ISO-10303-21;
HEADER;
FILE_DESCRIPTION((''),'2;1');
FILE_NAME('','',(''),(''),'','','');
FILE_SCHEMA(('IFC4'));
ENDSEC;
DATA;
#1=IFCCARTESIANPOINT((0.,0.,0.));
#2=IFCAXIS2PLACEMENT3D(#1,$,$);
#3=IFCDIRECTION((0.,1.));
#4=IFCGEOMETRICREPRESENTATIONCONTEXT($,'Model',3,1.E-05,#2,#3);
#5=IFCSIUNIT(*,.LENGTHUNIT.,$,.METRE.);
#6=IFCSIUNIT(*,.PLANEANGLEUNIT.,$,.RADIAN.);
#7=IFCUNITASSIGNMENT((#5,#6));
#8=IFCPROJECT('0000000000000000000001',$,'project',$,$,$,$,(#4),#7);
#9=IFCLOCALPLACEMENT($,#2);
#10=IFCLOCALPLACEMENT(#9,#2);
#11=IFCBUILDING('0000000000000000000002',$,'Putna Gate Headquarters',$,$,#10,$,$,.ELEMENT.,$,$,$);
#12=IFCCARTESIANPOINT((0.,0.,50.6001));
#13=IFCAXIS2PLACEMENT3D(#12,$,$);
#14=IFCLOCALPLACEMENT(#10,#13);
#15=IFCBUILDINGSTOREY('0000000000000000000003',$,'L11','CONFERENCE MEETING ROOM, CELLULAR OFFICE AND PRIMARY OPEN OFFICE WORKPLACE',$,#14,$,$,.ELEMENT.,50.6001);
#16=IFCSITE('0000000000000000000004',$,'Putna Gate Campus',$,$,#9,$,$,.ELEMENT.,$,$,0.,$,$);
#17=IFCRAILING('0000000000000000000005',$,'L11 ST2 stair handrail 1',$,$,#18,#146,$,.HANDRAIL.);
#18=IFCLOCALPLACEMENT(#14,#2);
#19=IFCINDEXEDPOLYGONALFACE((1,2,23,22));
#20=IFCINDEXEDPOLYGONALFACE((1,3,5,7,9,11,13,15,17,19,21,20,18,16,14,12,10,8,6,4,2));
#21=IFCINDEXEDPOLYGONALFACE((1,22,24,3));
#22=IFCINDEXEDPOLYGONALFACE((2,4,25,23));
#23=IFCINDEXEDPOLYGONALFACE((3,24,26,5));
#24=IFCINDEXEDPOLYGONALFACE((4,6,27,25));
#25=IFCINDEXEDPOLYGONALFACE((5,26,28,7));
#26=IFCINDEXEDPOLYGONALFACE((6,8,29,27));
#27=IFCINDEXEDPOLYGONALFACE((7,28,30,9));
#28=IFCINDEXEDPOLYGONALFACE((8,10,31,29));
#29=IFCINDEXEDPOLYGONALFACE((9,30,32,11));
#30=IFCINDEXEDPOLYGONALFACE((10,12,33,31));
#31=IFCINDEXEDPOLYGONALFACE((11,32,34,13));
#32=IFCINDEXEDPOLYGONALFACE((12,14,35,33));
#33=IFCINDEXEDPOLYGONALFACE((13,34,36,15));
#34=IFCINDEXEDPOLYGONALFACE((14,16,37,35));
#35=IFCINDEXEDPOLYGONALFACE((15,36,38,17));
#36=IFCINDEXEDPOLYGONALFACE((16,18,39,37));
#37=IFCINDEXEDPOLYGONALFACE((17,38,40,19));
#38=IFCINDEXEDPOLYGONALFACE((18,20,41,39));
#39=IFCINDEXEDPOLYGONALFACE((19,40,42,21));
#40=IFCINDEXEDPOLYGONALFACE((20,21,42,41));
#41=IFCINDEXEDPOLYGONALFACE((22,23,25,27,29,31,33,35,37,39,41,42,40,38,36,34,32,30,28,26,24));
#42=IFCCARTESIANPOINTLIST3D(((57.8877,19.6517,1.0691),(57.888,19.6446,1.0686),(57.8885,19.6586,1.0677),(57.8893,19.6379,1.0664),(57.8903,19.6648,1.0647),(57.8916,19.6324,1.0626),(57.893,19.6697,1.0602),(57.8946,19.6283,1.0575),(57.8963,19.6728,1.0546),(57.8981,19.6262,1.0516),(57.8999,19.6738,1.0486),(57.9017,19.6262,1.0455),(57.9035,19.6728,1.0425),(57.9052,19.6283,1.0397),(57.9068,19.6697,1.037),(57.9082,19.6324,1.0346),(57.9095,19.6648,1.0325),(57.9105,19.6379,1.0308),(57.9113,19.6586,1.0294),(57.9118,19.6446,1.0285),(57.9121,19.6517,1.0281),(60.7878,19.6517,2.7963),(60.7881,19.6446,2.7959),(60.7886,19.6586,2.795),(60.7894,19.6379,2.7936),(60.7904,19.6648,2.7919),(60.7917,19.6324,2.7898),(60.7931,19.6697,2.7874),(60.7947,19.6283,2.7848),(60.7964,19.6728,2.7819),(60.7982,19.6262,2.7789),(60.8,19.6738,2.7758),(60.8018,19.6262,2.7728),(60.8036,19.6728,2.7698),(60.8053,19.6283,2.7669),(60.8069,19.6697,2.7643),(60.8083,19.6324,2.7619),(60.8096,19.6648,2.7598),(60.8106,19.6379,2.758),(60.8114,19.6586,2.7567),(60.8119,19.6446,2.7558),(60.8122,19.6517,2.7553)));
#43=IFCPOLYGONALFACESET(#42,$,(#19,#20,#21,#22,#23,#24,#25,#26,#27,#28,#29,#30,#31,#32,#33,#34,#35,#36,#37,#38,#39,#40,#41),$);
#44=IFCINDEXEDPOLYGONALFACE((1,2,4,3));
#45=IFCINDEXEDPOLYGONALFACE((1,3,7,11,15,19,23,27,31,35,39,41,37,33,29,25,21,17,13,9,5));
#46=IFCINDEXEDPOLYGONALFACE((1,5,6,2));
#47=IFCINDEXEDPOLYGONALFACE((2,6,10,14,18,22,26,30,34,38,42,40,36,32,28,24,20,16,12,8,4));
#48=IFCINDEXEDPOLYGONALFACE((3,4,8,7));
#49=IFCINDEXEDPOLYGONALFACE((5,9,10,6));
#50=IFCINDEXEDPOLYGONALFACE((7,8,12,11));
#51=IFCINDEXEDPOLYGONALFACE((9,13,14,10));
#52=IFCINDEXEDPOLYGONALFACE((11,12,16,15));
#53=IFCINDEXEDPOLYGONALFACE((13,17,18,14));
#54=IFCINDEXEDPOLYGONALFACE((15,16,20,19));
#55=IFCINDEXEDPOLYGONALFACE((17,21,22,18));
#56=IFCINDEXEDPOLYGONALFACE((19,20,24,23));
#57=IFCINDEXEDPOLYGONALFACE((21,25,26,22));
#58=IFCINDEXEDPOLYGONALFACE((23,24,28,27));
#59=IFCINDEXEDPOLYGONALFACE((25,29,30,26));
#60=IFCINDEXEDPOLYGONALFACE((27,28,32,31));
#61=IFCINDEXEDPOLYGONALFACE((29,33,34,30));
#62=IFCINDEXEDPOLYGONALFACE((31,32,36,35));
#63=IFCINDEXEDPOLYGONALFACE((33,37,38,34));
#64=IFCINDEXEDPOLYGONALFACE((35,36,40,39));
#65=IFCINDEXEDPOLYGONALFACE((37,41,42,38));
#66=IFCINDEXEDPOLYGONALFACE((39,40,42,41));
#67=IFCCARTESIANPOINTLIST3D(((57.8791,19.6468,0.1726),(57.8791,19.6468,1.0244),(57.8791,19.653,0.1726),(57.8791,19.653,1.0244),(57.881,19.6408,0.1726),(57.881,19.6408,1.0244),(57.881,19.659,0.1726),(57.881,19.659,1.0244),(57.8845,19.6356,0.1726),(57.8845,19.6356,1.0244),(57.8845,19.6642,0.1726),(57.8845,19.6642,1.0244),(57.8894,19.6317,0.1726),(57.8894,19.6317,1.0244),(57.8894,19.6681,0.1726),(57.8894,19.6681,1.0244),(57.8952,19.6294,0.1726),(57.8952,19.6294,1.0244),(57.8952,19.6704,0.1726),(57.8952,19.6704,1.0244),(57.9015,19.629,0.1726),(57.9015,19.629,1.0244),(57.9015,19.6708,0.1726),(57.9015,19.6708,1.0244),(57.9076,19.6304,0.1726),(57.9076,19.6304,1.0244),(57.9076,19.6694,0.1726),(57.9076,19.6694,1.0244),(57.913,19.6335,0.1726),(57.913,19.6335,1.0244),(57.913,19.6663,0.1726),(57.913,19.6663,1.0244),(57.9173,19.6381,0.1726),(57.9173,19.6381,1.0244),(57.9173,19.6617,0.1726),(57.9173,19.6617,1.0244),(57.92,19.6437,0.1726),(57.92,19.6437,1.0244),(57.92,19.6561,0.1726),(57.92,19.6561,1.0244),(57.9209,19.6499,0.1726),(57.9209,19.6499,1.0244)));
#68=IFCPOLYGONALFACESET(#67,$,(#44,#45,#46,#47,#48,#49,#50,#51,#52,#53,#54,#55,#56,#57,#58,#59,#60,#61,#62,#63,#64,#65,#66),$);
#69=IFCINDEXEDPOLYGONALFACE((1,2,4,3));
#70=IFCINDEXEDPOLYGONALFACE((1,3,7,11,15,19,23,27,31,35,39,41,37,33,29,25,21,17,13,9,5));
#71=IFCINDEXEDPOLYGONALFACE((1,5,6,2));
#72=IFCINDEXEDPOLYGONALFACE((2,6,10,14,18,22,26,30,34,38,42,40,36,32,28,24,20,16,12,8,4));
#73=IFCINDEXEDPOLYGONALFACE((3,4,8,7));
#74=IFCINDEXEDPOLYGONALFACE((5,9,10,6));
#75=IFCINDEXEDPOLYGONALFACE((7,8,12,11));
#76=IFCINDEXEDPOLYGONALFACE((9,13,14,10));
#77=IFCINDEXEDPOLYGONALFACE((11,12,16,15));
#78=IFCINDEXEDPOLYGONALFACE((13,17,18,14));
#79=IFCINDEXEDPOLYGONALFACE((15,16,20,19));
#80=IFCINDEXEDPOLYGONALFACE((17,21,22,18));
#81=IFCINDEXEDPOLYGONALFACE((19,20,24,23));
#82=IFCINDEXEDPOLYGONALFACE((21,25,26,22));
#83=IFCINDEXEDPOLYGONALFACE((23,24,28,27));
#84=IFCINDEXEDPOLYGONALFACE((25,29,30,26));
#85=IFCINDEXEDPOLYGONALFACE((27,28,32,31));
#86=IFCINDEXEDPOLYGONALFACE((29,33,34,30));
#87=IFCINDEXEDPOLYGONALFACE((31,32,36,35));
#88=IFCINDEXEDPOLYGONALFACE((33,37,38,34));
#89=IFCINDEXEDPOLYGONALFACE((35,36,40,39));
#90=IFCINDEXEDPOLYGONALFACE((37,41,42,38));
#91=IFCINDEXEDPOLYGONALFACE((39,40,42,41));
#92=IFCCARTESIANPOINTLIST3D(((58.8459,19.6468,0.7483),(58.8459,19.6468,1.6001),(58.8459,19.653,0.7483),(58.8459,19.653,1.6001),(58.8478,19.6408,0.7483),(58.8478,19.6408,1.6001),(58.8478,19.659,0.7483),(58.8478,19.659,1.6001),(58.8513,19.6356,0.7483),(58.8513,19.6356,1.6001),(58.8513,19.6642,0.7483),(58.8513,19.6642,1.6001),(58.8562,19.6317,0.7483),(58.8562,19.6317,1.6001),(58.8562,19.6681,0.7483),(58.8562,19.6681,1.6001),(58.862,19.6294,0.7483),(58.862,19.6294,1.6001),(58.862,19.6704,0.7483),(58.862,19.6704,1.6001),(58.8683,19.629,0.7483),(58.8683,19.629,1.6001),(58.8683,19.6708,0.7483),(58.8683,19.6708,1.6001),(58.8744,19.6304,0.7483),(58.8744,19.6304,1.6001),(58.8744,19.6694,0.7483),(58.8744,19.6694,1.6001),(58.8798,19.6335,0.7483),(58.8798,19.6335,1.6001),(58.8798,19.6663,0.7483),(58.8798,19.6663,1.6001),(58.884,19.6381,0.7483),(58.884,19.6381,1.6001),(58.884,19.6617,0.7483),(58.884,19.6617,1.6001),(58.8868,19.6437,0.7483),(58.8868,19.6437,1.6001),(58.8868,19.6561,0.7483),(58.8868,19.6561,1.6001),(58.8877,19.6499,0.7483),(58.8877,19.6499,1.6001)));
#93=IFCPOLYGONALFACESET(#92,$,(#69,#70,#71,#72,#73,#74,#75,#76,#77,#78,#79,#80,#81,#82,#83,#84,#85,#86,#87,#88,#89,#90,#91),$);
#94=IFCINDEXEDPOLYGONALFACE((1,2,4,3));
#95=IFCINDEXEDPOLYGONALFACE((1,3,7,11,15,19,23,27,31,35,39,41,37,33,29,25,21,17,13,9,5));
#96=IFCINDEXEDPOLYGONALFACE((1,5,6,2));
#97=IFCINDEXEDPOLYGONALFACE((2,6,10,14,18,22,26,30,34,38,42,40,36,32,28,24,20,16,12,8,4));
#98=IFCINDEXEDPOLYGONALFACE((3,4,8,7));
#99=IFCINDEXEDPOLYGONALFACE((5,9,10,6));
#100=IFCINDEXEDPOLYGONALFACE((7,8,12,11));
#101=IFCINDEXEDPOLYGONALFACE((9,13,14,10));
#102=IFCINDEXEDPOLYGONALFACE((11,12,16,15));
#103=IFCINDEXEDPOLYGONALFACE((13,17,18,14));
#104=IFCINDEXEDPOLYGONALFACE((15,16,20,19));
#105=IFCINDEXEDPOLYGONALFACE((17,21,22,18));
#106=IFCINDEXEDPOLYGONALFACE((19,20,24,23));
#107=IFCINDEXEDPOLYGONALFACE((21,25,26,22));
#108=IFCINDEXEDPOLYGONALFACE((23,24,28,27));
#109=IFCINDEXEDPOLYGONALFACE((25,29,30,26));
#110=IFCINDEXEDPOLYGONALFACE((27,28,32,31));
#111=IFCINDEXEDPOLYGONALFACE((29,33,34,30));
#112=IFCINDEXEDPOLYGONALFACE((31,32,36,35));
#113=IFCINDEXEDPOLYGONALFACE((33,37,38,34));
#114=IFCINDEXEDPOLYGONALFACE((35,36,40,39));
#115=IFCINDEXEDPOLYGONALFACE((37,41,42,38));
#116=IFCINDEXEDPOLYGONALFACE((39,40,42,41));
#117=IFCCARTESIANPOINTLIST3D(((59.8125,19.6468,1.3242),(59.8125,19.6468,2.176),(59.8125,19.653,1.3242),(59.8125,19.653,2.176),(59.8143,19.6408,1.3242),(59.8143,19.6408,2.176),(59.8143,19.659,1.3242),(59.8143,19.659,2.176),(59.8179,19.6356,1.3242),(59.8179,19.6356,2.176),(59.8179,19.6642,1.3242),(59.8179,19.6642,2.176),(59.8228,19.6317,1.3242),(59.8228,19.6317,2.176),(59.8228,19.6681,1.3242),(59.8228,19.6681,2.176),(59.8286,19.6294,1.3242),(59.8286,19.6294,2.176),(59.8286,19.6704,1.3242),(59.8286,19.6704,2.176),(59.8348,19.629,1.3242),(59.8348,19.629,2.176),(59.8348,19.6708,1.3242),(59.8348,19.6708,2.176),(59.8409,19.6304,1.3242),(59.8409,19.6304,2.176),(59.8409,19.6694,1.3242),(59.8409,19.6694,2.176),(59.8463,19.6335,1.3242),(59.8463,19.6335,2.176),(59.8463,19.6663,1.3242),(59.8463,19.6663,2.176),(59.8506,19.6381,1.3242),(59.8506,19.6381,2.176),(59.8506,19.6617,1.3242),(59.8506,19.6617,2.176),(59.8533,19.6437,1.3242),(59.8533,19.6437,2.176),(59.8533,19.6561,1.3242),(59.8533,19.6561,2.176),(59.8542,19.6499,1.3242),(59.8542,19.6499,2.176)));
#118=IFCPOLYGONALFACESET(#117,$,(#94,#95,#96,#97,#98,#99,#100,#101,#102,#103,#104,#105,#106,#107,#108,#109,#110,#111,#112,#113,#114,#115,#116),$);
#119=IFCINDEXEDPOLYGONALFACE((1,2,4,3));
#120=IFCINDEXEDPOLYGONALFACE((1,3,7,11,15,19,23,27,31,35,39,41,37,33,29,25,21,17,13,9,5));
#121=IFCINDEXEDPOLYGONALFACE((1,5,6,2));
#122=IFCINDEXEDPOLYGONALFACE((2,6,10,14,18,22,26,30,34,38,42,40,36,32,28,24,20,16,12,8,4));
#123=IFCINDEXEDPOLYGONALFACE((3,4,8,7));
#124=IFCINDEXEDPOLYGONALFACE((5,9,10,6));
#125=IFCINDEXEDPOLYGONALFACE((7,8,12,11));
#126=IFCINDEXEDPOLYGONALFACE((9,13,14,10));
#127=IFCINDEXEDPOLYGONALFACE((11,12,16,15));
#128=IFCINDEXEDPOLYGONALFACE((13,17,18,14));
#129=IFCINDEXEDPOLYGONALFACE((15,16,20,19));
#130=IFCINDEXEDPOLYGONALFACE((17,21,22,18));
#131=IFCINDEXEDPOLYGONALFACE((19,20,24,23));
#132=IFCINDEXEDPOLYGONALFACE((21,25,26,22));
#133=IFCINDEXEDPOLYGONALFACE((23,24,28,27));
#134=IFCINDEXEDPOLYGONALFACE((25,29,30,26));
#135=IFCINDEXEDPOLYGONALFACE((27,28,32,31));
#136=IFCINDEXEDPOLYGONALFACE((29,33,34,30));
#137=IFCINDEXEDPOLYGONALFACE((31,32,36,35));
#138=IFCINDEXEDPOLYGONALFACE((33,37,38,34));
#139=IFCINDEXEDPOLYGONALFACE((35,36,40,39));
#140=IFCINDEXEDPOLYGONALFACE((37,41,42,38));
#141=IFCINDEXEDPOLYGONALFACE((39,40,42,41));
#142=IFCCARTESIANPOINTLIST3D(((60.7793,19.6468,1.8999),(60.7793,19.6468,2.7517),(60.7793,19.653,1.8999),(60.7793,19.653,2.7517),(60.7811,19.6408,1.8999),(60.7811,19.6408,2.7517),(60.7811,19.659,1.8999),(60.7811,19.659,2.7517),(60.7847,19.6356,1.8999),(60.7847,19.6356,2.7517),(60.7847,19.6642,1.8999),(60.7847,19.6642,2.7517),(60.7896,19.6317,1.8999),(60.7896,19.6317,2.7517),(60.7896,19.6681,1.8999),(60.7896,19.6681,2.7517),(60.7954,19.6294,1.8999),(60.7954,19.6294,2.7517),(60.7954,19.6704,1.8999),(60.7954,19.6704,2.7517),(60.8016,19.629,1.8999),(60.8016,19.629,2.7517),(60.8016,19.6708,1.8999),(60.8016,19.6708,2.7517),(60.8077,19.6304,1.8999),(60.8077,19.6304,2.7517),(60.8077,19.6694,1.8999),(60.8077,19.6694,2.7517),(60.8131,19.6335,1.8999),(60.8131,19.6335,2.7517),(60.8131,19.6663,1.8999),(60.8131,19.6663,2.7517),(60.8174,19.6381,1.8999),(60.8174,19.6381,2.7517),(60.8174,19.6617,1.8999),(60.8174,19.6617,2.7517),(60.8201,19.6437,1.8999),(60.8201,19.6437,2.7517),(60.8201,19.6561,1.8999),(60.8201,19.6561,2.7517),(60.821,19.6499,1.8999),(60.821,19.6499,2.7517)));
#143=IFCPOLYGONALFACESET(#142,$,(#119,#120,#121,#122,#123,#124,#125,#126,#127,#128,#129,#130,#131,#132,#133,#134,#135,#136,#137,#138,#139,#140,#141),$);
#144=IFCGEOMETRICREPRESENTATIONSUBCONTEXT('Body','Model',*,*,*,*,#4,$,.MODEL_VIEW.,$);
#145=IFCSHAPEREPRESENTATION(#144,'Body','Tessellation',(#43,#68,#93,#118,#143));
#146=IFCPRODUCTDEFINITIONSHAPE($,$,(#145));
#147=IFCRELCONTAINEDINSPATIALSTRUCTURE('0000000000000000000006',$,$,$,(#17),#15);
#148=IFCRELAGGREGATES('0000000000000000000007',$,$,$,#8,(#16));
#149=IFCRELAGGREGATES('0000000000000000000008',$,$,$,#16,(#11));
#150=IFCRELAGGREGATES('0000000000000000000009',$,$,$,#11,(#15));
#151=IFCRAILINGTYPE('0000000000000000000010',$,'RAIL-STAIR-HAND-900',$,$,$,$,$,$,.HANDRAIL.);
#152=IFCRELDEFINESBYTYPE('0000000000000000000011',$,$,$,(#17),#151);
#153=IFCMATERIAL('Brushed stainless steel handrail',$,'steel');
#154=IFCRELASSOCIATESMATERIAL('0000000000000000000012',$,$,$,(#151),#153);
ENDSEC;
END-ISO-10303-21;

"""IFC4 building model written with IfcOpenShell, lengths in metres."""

from ifc_helpers import new_model, si_unit, direction, frame, origin, origin_2d, place, context, subcontext, project, spatial, circle, extrude, material, type_object, element, save


model = new_model("IFC4")

# Units and contexts
model_context = context("Model", 3, precision=1e-05, world=origin(), true_north=direction((0.0, 1.0)))
body_context = subcontext(model_context, "Body", "Model", "MODEL_VIEW")
ifc_project = project(units=[si_unit("LENGTHUNIT", "METRE"), si_unit("PLANEANGLEUNIT", "RADIAN")], contexts=[model_context])

# Site, building, storey
site_placement = place(None, origin())
site = spatial("IfcSite", under=ifc_project, at=site_placement, Name="Putna Gate Campus", CompositionType="ELEMENT", RefElevation=0.0)
building_placement = place(site_placement, origin())
building = spatial("IfcBuilding", under=site, at=building_placement, Name="Putna Gate Headquarters", CompositionType="ELEMENT")
storey_placement = place(building_placement, frame((0.0, 0.0, 50.6001)))
storey = spatial("IfcBuildingStorey", under=building, at=storey_placement, Name="L11", Description="CONFERENCE MEETING ROOM, CELLULAR OFFICE AND PRIMARY OPEN OFFICE WORKPLACE", CompositionType="ELEMENT", Elevation=50.6001)

# Railing
ifc_material_1 = material(Name="Brushed stainless steel handrail", Category="steel")
railing_type_1 = type_object("IfcRailingType", Name="RAIL-STAIR-HAND-900", PredefinedType="HANDRAIL", material=ifc_material_1)
railing_1_placement = place(storey_placement, frame((57.8999, 19.6499, 0.1726)))
element("IfcRailing", 1, at=railing_1_placement, inside=storey, type_object=railing_type_1, Name="L11 ST2 stair handrail 1", PredefinedType="HANDRAIL", context=body_context, shape_type="SweptSolid", body=[
    extrude(circle(Radius=0.0239, at=origin_2d()), frame((0.0, 0.0, 0.876), z_axis=(0.85916, 0.0, 0.511706), x_axis=(0.0, 1.0, 0.0)), (0.0, 0.0, 1.0), 3.3755),
    extrude(circle(Radius=0.021, at=origin_2d()), origin(), (0.0, 0.0, 1.0), 0.8518),
    extrude(circle(Radius=0.021, at=origin_2d()), frame((0.9668, 0.0, 0.5757)), (0.0, 0.0, 1.0), 0.8518),
    extrude(circle(Radius=0.021, at=origin_2d()), frame((1.9333, 0.0, 1.1516)), (0.0, 0.0, 1.0), 0.8518),
    extrude(circle(Radius=0.021, at=origin_2d()), frame((2.9001, 0.0, 1.7273)), (0.0, 0.0, 1.0), 0.8518),
])

save(model, "model.ifc")
